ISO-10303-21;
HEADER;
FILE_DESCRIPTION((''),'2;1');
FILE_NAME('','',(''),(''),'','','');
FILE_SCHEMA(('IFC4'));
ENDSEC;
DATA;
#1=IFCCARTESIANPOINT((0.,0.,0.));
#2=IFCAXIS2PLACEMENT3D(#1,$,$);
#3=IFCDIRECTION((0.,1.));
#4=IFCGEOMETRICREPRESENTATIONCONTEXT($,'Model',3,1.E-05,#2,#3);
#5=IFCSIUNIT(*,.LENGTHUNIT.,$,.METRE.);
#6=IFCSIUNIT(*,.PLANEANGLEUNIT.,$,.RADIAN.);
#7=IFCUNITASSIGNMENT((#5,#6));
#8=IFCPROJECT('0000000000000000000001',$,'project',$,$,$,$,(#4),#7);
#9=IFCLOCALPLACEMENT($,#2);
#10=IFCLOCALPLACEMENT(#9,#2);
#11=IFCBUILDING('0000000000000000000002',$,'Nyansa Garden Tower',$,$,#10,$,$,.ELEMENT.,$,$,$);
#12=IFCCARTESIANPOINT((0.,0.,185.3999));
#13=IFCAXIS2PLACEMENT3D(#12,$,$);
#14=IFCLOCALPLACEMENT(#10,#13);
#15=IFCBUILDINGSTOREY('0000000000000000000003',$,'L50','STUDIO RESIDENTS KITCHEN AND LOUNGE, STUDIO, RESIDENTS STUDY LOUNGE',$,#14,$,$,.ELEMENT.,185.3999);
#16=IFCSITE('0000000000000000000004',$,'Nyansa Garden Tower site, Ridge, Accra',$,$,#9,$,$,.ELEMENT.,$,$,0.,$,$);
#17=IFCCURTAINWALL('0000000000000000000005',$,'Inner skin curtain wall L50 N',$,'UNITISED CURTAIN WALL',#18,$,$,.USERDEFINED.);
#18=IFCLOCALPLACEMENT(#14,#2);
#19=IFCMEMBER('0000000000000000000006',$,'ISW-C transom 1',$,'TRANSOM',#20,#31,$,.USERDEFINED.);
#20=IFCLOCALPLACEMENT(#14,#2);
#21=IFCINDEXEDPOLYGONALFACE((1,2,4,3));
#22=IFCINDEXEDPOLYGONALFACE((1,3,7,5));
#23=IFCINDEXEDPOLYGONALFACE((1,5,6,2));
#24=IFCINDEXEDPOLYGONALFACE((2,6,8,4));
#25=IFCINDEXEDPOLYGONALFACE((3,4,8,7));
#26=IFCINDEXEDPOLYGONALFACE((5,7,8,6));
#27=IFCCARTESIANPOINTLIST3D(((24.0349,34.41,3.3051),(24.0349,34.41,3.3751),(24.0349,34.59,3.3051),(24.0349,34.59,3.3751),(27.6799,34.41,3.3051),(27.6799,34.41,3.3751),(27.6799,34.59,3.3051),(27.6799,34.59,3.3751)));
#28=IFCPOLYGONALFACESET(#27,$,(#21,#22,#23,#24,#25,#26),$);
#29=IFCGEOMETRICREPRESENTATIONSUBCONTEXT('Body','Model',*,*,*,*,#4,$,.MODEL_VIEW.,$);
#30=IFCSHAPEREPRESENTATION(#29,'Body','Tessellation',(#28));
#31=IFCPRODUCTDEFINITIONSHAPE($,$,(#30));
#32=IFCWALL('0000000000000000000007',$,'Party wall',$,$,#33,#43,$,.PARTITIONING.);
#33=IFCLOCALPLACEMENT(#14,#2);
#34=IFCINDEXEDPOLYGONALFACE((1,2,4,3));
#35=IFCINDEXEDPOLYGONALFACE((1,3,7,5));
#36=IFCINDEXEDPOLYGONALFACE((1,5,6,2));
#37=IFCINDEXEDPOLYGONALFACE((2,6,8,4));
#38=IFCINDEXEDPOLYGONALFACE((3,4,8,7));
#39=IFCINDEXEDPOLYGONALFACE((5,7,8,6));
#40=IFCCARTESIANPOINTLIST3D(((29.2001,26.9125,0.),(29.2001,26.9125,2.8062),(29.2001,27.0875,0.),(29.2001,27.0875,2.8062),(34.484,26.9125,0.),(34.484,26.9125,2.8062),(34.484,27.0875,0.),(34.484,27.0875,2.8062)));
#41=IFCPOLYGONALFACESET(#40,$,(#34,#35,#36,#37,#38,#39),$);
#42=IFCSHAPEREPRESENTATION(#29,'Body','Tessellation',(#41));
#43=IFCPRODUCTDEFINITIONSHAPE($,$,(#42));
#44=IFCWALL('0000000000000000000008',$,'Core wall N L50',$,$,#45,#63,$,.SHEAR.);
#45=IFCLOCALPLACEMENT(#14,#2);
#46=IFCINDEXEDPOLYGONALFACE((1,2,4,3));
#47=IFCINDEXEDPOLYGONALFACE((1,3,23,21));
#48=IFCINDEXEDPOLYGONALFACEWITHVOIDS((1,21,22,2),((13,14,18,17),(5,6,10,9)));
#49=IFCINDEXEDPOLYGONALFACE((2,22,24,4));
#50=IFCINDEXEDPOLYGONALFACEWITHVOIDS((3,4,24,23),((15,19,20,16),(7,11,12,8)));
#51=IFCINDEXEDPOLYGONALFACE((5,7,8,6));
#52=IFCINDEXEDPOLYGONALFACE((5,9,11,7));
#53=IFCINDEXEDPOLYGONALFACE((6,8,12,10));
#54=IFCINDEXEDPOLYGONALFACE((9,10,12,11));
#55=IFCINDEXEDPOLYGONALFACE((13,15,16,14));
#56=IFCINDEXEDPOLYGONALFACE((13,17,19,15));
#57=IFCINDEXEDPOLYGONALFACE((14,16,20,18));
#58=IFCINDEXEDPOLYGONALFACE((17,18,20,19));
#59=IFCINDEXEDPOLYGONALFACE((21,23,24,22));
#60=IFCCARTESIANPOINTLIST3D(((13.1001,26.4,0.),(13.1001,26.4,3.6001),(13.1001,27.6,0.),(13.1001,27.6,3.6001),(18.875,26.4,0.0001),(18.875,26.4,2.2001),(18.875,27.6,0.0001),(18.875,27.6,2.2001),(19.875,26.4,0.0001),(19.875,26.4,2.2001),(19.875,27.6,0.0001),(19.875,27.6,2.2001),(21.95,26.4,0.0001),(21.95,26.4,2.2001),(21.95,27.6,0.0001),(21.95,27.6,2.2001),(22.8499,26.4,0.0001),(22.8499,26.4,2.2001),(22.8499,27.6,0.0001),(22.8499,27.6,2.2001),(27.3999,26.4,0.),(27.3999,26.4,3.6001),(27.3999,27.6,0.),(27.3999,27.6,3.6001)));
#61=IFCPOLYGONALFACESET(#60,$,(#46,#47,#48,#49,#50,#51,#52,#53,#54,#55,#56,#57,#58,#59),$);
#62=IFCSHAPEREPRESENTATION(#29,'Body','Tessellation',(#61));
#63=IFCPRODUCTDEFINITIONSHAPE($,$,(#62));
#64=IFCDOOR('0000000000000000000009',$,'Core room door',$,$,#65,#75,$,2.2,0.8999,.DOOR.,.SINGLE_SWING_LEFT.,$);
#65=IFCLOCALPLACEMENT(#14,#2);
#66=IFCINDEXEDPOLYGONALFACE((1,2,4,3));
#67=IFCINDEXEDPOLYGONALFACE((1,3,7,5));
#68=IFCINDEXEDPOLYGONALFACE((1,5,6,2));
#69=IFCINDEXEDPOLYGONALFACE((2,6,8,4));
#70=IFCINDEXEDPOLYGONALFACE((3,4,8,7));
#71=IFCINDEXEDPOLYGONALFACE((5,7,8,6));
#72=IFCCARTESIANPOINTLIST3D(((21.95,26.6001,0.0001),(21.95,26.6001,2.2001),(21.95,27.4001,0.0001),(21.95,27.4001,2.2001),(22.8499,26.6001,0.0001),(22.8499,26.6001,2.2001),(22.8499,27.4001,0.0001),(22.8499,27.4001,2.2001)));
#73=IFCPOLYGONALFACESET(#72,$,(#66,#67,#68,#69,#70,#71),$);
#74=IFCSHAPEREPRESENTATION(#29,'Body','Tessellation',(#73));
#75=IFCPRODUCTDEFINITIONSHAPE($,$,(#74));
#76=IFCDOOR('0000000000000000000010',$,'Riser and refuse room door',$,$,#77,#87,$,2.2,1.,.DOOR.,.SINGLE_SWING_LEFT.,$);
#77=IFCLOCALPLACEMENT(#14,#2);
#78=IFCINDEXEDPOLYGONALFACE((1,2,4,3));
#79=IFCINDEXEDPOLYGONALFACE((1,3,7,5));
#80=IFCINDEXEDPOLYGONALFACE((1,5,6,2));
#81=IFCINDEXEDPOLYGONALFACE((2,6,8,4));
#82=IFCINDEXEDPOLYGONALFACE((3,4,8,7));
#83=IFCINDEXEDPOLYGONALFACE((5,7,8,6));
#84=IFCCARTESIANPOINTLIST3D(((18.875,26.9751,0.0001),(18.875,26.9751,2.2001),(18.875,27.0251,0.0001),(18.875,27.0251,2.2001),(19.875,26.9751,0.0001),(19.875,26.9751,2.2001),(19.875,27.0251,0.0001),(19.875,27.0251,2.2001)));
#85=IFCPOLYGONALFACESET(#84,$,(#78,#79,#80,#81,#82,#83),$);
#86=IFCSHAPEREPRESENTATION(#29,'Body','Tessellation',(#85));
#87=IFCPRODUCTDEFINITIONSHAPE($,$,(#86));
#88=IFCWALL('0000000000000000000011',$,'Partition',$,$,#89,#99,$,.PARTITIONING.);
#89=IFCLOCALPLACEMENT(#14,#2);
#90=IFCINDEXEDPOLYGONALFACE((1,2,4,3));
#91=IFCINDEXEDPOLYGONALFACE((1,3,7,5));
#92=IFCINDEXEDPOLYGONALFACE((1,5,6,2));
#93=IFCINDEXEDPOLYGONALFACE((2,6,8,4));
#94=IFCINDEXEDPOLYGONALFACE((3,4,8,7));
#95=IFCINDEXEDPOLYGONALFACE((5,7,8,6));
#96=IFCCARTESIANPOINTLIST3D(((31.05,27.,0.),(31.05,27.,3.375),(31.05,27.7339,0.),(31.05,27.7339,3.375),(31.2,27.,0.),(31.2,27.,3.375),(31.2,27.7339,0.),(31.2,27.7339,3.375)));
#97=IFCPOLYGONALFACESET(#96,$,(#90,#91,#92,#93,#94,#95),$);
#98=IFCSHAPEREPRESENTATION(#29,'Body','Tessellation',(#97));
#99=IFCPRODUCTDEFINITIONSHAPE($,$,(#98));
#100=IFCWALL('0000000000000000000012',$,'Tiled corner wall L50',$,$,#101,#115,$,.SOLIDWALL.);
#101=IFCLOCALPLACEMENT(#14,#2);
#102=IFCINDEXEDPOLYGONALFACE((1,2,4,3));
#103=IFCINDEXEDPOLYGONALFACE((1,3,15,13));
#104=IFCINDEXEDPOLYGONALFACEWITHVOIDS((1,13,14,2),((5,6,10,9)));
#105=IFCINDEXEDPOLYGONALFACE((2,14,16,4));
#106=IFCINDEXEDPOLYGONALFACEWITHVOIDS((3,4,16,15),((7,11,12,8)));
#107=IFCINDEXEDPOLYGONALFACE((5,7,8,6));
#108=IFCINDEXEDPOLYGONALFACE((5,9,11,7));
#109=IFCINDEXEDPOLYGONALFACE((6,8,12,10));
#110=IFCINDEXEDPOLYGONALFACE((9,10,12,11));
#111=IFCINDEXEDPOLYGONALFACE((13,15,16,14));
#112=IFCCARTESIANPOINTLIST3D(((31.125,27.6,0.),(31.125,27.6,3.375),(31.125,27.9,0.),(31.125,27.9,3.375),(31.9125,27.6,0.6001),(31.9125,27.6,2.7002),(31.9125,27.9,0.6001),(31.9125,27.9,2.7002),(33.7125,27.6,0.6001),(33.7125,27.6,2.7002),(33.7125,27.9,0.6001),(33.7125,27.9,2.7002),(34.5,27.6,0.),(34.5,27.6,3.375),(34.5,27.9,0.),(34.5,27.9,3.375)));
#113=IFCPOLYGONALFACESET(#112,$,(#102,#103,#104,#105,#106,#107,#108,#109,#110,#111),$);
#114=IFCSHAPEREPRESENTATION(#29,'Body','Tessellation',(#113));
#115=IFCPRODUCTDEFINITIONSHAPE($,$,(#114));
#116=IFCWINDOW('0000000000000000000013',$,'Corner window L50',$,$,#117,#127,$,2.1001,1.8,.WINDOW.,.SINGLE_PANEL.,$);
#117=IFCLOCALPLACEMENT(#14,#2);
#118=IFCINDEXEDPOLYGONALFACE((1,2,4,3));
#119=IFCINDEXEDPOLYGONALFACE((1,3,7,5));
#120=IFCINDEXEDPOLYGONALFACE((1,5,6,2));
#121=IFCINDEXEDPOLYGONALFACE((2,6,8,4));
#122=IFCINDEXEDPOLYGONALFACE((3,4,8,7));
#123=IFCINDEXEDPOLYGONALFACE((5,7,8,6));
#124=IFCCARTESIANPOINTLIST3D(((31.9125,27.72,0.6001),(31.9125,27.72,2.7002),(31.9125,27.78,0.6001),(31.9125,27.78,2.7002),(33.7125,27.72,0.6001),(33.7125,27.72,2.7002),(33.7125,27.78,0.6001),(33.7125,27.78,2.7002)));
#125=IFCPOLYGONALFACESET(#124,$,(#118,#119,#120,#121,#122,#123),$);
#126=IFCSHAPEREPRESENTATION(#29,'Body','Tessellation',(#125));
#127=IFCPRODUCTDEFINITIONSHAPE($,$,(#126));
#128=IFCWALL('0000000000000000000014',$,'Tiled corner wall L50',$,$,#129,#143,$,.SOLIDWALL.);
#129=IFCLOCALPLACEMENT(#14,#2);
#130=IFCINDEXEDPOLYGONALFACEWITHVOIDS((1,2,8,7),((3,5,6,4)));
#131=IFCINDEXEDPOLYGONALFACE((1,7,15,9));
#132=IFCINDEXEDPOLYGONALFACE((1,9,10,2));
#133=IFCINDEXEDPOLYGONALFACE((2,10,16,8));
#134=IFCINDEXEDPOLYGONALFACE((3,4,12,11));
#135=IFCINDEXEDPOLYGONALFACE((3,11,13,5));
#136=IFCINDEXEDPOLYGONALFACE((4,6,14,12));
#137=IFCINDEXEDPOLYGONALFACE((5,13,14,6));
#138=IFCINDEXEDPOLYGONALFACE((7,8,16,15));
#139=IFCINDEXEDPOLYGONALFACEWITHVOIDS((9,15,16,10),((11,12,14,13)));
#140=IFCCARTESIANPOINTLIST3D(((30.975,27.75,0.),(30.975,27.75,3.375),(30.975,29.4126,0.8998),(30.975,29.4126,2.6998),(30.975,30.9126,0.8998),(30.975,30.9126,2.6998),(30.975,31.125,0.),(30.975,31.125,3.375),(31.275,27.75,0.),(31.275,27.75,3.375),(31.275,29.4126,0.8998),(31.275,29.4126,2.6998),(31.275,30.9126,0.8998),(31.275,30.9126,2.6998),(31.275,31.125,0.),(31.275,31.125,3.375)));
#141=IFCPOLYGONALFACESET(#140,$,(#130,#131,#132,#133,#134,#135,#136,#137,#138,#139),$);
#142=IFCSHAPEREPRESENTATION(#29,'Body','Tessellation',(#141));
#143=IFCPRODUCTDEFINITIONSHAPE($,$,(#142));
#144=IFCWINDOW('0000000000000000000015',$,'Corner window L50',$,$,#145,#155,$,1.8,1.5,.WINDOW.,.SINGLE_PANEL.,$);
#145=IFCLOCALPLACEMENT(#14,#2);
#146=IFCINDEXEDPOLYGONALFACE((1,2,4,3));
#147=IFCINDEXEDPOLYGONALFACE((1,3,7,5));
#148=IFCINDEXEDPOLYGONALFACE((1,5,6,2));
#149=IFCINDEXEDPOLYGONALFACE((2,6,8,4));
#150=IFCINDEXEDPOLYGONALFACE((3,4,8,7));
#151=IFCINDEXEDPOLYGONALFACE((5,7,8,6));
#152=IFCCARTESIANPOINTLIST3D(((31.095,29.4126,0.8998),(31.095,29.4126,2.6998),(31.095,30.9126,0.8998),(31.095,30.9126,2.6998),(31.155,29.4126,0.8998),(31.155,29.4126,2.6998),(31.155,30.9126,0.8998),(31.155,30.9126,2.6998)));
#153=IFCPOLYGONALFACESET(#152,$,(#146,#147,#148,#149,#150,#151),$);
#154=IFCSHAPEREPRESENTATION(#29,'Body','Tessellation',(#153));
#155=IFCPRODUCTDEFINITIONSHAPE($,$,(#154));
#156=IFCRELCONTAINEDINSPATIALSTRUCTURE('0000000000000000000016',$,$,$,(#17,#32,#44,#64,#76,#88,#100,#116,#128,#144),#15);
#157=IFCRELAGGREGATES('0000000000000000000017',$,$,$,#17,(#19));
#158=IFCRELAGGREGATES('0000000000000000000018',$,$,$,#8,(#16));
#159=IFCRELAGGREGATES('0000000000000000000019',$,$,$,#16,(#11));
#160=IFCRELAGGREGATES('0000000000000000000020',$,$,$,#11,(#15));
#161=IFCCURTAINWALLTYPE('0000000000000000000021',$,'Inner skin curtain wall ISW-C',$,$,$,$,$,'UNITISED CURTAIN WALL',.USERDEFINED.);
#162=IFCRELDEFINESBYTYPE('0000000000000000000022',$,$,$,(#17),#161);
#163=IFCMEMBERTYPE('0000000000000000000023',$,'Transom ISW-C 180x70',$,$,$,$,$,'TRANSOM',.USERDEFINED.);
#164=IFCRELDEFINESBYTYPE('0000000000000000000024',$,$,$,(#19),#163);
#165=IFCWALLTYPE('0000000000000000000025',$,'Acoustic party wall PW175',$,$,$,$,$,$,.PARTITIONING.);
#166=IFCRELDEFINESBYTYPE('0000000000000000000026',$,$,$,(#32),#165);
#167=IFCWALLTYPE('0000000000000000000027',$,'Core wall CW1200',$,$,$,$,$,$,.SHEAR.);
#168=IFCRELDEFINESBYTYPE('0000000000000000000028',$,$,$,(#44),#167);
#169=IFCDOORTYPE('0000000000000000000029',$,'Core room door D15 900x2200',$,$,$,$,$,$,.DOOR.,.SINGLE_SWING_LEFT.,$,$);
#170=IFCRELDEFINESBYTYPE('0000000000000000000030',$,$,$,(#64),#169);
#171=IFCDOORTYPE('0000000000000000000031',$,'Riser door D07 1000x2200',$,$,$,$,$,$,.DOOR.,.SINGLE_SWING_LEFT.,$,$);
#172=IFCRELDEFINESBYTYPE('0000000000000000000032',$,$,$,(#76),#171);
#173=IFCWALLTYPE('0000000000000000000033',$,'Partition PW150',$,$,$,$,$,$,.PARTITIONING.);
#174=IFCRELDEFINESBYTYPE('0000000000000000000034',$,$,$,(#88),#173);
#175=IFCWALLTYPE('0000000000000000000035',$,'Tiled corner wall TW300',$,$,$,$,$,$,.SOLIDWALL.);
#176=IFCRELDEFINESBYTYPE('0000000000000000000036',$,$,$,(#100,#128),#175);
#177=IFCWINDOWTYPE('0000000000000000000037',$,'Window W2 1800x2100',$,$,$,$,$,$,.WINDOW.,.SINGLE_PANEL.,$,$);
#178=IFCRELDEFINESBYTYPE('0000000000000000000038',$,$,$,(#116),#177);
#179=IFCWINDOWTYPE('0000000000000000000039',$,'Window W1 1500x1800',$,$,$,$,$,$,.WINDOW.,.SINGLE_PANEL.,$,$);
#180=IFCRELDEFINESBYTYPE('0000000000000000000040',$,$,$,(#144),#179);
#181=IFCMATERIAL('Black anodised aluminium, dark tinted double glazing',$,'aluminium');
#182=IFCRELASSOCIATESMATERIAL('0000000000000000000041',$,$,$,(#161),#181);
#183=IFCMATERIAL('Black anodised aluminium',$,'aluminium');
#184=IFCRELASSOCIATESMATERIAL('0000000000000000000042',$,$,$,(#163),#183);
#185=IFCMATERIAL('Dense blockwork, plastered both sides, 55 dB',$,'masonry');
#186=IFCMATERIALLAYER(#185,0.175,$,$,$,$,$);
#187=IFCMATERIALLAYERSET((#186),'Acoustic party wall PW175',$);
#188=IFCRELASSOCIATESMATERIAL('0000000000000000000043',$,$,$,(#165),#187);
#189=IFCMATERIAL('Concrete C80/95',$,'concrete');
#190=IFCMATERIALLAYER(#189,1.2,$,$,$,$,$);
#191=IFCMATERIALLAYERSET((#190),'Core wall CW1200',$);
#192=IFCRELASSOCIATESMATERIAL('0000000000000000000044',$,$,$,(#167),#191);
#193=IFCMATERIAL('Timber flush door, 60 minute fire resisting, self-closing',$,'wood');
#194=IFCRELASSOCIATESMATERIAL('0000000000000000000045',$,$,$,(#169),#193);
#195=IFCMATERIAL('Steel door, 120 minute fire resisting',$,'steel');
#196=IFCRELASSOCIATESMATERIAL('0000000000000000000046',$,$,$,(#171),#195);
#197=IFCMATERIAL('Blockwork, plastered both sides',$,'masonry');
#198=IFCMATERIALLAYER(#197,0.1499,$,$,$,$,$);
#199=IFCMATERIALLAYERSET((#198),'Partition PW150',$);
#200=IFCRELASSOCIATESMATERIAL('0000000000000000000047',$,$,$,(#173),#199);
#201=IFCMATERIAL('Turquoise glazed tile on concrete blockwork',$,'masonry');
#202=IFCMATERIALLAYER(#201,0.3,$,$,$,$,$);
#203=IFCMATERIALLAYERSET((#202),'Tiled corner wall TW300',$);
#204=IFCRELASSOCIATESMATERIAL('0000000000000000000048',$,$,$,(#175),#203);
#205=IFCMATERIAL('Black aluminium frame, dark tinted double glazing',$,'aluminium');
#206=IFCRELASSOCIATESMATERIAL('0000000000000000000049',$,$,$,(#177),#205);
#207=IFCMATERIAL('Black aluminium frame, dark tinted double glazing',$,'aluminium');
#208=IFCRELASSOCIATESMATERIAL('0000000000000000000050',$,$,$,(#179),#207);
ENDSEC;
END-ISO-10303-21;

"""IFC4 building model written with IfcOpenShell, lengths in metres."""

from ifc_helpers import new_model, si_unit, direction, frame, frame_2d, origin, origin_2d, place, context, subcontext, project, spatial, rectangle, extrude, material, layer, layer_set, material_profile, profile_set, type_object, element, fill, aggregate, save


model = new_model("IFC4")

# Units and contexts
model_context = context("Model", 3, precision=1e-05, world=origin(), true_north=direction((0.0, 1.0)))
body_context = subcontext(model_context, "Body", "Model", "MODEL_VIEW")
ifc_project = project(units=[si_unit("LENGTHUNIT", "METRE"), si_unit("PLANEANGLEUNIT", "RADIAN")], contexts=[model_context])

# Site, building, storey
site_placement = place(None, origin())
site = spatial("IfcSite", under=ifc_project, at=site_placement, Name="Nyansa Garden Tower site, Ridge, Accra", CompositionType="ELEMENT", RefElevation=0.0)
building_placement = place(site_placement, origin())
building = spatial("IfcBuilding", under=site, at=building_placement, Name="Nyansa Garden Tower", CompositionType="ELEMENT")
storey_placement = place(building_placement, frame((0.0, 0.0, 185.3999)))
storey = spatial("IfcBuildingStorey", under=building, at=storey_placement, Name="L50", Description="STUDIO RESIDENTS KITCHEN AND LOUNGE, STUDIO, RESIDENTS STUDY LOUNGE", CompositionType="ELEMENT", Elevation=185.3999)

# Curtain wall
ifc_material_1 = material(Name="Black anodised aluminium, dark tinted double glazing", Category="aluminium")
curtain_wall_type = type_object("IfcCurtainWallType", Name="Inner skin curtain wall ISW-C", ElementType="UNITISED CURTAIN WALL", PredefinedType="USERDEFINED", material=ifc_material_1)
curtain_wall_1_placement = place(storey_placement, origin())
curtain_wall_1 = element("IfcCurtainWall", 1, at=curtain_wall_1_placement, inside=storey, type_object=curtain_wall_type, Name="Inner skin curtain wall L50 N", ObjectType="UNITISED CURTAIN WALL", PredefinedType="USERDEFINED")

# Member
ifc_material_2 = material(Name="Black anodised aluminium", Category="aluminium")
ifc_material_profile_1 = material_profile(ifc_material_2, rectangle(XDim=0.1799, YDim=0.0701, at=origin_2d()), Name="Transom 180x70")
ifc_profile_set_1 = profile_set([ifc_material_profile_1], Name="Black anodised aluminium")
member_type_1 = type_object("IfcMemberType", Name="Transom ISW-C 180x70", ElementType="TRANSOM", PredefinedType="USERDEFINED", material=ifc_profile_set_1)
member_1_placement = place(storey_placement, frame((27.6799, 34.5, 3.3401), z_axis=(-1.0, 0.0, 0.0), x_axis=(0.0, -1.0, 0.0)))
member_1 = element("IfcMember", 2, at=member_1_placement, type_object=member_type_1, Name="ISW-C transom 1", ObjectType="TRANSOM", PredefinedType="USERDEFINED", context=body_context, shape_type="SweptSolid", body=[
    extrude(rectangle(XDim=0.1799, YDim=0.0701, at=origin_2d()), origin(), (0.0, 0.0, 1.0), 3.645),
])
aggregate(curtain_wall_1, [member_1])

# Wall
ifc_material_3 = material(Name="Dense blockwork, plastered both sides, 55 dB", Category="masonry")
ifc_layer_1 = layer(ifc_material_3, 0.175)
ifc_layer_set_1 = layer_set([ifc_layer_1], Name="Acoustic party wall PW175")
wall_type_1 = type_object("IfcWallType", Name="Acoustic party wall PW175", PredefinedType="PARTITIONING", material=ifc_layer_set_1)
wall_1_placement = place(storey_placement, frame((29.2, 27.0, 0.0), z_axis=(0.0, 0.0, 1.0), x_axis=(1.0, 0.0, 0.0)))
element("IfcWall", 3, at=wall_1_placement, inside=storey, type_object=wall_type_1, Name="Party wall", PredefinedType="PARTITIONING", context=body_context, shape_type="SweptSolid", body=[
    extrude(rectangle(XDim=5.2839, YDim=0.175, at=frame_2d((2.6421, 0.0))), origin(), (0.0, 0.0, 1.0), 2.8062),
])

# Wall, openings, doors
ifc_material_4 = material(Name="Concrete C80/95", Category="concrete")
ifc_layer_2 = layer(ifc_material_4, 1.2)
ifc_layer_set_2 = layer_set([ifc_layer_2], Name="Core wall CW1200")
wall_type_2 = type_object("IfcWallType", Name="Core wall CW1200", PredefinedType="SHEAR", material=ifc_layer_set_2)
wall_2_placement = place(storey_placement, frame((27.3999, 27.0, 0.0), z_axis=(0.0, 0.0, 1.0), x_axis=(-1.0, 0.0, 0.0)))
wall_2 = element("IfcWall", 4, at=wall_2_placement, inside=storey, type_object=wall_type_2, Name="Core wall N L50", PredefinedType="SHEAR", context=body_context, shape_type="SweptSolid", body=[
    extrude(rectangle(XDim=14.2998, YDim=1.2, at=frame_2d((7.1499, 0.0))), origin(), (0.0, 0.0, 1.0), 3.6001),
])
opening_1_placement = place(wall_2_placement, frame((4.55, 0.0, 0.0)))
opening_1 = element("IfcOpeningElement", 5, at=opening_1_placement, cuts=wall_2, PredefinedType="OPENING", context=body_context, shape_type="SweptSolid", body=[
    extrude(rectangle(XDim=0.8999, YDim=2.2, at=frame_2d((0.45, 1.1001))), frame((0.0, 0.6099, 0.0), z_axis=(0.0, -1.0, 0.0), x_axis=(1.0, 0.0, 0.0)), (0.0, 0.0, 1.0), 1.22),
])
opening_2_placement = place(wall_2_placement, frame((7.5249, 0.0, 0.0)))
opening_2 = element("IfcOpeningElement", 6, at=opening_2_placement, cuts=wall_2, PredefinedType="OPENING", context=body_context, shape_type="SweptSolid", body=[
    extrude(rectangle(XDim=1.0, YDim=2.2, at=frame_2d((0.5, 1.1001))), frame((0.0, 0.6099, 0.0), z_axis=(0.0, -1.0, 0.0), x_axis=(1.0, 0.0, 0.0)), (0.0, 0.0, 1.0), 1.22),
])
ifc_material_5 = material(Name="Timber flush door, 60 minute fire resisting, self-closing", Category="wood")
door_type_1 = type_object("IfcDoorType", Name="Core room door D15 900x2200", OperationType="SINGLE_SWING_LEFT", PredefinedType="DOOR", material=ifc_material_5)
door_1_placement = place(opening_1_placement, origin())
door_1 = element("IfcDoor", 7, at=door_1_placement, inside=storey, type_object=door_type_1, Name="Core room door", OperationType="SINGLE_SWING_LEFT", OverallHeight=2.2, OverallWidth=0.8999, PredefinedType="DOOR", context=body_context, shape_type="SweptSolid", body=[
    extrude(rectangle(XDim=0.8999, YDim=2.2, at=frame_2d((0.45, 1.1001))), frame((0.0, 0.3999, 0.0), z_axis=(0.0, -1.0, 0.0), x_axis=(1.0, 0.0, 0.0)), (0.0, 0.0, 1.0), 0.8),
])
fill(opening_1, door_1)
ifc_material_6 = material(Name="Steel door, 120 minute fire resisting", Category="steel")
door_type_2 = type_object("IfcDoorType", Name="Riser door D07 1000x2200", OperationType="SINGLE_SWING_LEFT", PredefinedType="DOOR", material=ifc_material_6)
door_2_placement = place(opening_2_placement, origin())
door_2 = element("IfcDoor", 8, at=door_2_placement, inside=storey, type_object=door_type_2, Name="Riser and refuse room door", OperationType="SINGLE_SWING_LEFT", OverallHeight=2.2, OverallWidth=1.0, PredefinedType="DOOR", context=body_context, shape_type="SweptSolid", body=[
    extrude(rectangle(XDim=1.0, YDim=2.2, at=frame_2d((0.5, 1.1001))), frame((0.0, 0.0249, 0.0), z_axis=(0.0, -1.0, 0.0), x_axis=(1.0, 0.0, 0.0)), (0.0, 0.0, 1.0), 0.05),
])
fill(opening_2, door_2)

# Wall
ifc_material_7 = material(Name="Blockwork, plastered both sides", Category="masonry")
ifc_layer_3 = layer(ifc_material_7, 0.1499)
ifc_layer_set_3 = layer_set([ifc_layer_3], Name="Partition PW150")
wall_type_3 = type_object("IfcWallType", Name="Partition PW150", PredefinedType="PARTITIONING", material=ifc_layer_set_3)
wall_3_placement = place(storey_placement, frame((31.125, 27.0, 0.0), z_axis=(0.0, 0.0, 1.0), x_axis=(0.0, 1.0, 0.0)))
element("IfcWall", 9, at=wall_3_placement, inside=storey, type_object=wall_type_3, Name="Partition", PredefinedType="PARTITIONING", context=body_context, shape_type="SweptSolid", body=[
    extrude(rectangle(XDim=0.7339, YDim=0.1499, at=frame_2d((0.3669, 0.0))), origin(), (0.0, 0.0, 1.0), 3.375),
])

# Walls, openings, windows
ifc_material_8 = material(Name="Turquoise glazed tile on concrete blockwork", Category="masonry")
ifc_layer_4 = layer(ifc_material_8, 0.3)
ifc_layer_set_4 = layer_set([ifc_layer_4], Name="Tiled corner wall TW300")
wall_type_4 = type_object("IfcWallType", Name="Tiled corner wall TW300", PredefinedType="SOLIDWALL", material=ifc_layer_set_4)
wall_4_placement = place(storey_placement, frame((34.5, 27.75, 0.0), z_axis=(0.0, 0.0, 1.0), x_axis=(-1.0, 0.0, 0.0)))
wall_4 = element("IfcWall", 10, at=wall_4_placement, inside=storey, type_object=wall_type_4, Name="Tiled corner wall L50", PredefinedType="SOLIDWALL", context=body_context, shape_type="SweptSolid", body=[
    extrude(rectangle(XDim=3.375, YDim=0.3, at=frame_2d((1.6875, 0.0))), origin(), (0.0, 0.0, 1.0), 3.375),
])
opening_3_placement = place(wall_4_placement, frame((0.7876, 0.0, 0.6001)))
opening_3 = element("IfcOpeningElement", 11, at=opening_3_placement, cuts=wall_4, PredefinedType="OPENING", context=body_context, shape_type="SweptSolid", body=[
    extrude(rectangle(XDim=1.8, YDim=2.1001, at=frame_2d((0.8999, 1.05))), frame((0.0, 0.1599, 0.0), z_axis=(0.0, -1.0, 0.0), x_axis=(1.0, 0.0, 0.0)), (0.0, 0.0, 1.0), 0.3201),
])
ifc_material_9 = material(Name="Black aluminium frame, dark tinted double glazing", Category="aluminium")
window_type_1 = type_object("IfcWindowType", Name="Window W2 1800x2100", PartitioningType="SINGLE_PANEL", PredefinedType="WINDOW", material=ifc_material_9)
window_1_placement = place(opening_3_placement, origin())
window_1 = element("IfcWindow", 12, at=window_1_placement, inside=storey, type_object=window_type_1, Name="Corner window L50", OverallHeight=2.1001, OverallWidth=1.8, PartitioningType="SINGLE_PANEL", PredefinedType="WINDOW", context=body_context, shape_type="SweptSolid", body=[
    extrude(rectangle(XDim=1.8, YDim=2.1001, at=frame_2d((0.8999, 1.05))), frame((0.0, 0.03, 0.0), z_axis=(0.0, -1.0, 0.0), x_axis=(1.0, 0.0, 0.0)), (0.0, 0.0, 1.0), 0.0601),
])
fill(opening_3, window_1)
wall_5_placement = place(storey_placement, frame((31.125, 27.75, 0.0), z_axis=(0.0, 0.0, 1.0), x_axis=(0.0, 1.0, 0.0)))
wall_5 = element("IfcWall", 13, at=wall_5_placement, inside=storey, type_object=wall_type_4, Name="Tiled corner wall L50", PredefinedType="SOLIDWALL", context=body_context, shape_type="SweptSolid", body=[
    extrude(rectangle(XDim=3.375, YDim=0.3, at=frame_2d((1.6875, 0.0))), origin(), (0.0, 0.0, 1.0), 3.375),
])
opening_4_placement = place(wall_5_placement, frame((1.6626, 0.0, 0.8999)))
opening_4 = element("IfcOpeningElement", 14, at=opening_4_placement, cuts=wall_5, PredefinedType="OPENING", context=body_context, shape_type="SweptSolid", body=[
    extrude(rectangle(XDim=1.5, YDim=1.8, at=frame_2d((0.75, 0.8999))), frame((0.0, 0.1599, 0.0), z_axis=(0.0, -1.0, 0.0), x_axis=(1.0, 0.0, 0.0)), (0.0, 0.0, 1.0), 0.3201),
])
ifc_material_10 = material(Name="Black aluminium frame, dark tinted double glazing", Category="aluminium")
window_type_2 = type_object("IfcWindowType", Name="Window W1 1500x1800", PartitioningType="SINGLE_PANEL", PredefinedType="WINDOW", material=ifc_material_10)
window_2_placement = place(opening_4_placement, origin())
window_2 = element("IfcWindow", 15, at=window_2_placement, inside=storey, type_object=window_type_2, Name="Corner window L50", OverallHeight=1.8, OverallWidth=1.5, PartitioningType="SINGLE_PANEL", PredefinedType="WINDOW", context=body_context, shape_type="SweptSolid", body=[
    extrude(rectangle(XDim=1.5, YDim=1.8, at=frame_2d((0.75, 0.8999))), frame((0.0, 0.03, 0.0), z_axis=(0.0, -1.0, 0.0), x_axis=(1.0, 0.0, 0.0)), (0.0, 0.0, 1.0), 0.0601),
])
fill(opening_4, window_2)

save(model, "model.ifc")
